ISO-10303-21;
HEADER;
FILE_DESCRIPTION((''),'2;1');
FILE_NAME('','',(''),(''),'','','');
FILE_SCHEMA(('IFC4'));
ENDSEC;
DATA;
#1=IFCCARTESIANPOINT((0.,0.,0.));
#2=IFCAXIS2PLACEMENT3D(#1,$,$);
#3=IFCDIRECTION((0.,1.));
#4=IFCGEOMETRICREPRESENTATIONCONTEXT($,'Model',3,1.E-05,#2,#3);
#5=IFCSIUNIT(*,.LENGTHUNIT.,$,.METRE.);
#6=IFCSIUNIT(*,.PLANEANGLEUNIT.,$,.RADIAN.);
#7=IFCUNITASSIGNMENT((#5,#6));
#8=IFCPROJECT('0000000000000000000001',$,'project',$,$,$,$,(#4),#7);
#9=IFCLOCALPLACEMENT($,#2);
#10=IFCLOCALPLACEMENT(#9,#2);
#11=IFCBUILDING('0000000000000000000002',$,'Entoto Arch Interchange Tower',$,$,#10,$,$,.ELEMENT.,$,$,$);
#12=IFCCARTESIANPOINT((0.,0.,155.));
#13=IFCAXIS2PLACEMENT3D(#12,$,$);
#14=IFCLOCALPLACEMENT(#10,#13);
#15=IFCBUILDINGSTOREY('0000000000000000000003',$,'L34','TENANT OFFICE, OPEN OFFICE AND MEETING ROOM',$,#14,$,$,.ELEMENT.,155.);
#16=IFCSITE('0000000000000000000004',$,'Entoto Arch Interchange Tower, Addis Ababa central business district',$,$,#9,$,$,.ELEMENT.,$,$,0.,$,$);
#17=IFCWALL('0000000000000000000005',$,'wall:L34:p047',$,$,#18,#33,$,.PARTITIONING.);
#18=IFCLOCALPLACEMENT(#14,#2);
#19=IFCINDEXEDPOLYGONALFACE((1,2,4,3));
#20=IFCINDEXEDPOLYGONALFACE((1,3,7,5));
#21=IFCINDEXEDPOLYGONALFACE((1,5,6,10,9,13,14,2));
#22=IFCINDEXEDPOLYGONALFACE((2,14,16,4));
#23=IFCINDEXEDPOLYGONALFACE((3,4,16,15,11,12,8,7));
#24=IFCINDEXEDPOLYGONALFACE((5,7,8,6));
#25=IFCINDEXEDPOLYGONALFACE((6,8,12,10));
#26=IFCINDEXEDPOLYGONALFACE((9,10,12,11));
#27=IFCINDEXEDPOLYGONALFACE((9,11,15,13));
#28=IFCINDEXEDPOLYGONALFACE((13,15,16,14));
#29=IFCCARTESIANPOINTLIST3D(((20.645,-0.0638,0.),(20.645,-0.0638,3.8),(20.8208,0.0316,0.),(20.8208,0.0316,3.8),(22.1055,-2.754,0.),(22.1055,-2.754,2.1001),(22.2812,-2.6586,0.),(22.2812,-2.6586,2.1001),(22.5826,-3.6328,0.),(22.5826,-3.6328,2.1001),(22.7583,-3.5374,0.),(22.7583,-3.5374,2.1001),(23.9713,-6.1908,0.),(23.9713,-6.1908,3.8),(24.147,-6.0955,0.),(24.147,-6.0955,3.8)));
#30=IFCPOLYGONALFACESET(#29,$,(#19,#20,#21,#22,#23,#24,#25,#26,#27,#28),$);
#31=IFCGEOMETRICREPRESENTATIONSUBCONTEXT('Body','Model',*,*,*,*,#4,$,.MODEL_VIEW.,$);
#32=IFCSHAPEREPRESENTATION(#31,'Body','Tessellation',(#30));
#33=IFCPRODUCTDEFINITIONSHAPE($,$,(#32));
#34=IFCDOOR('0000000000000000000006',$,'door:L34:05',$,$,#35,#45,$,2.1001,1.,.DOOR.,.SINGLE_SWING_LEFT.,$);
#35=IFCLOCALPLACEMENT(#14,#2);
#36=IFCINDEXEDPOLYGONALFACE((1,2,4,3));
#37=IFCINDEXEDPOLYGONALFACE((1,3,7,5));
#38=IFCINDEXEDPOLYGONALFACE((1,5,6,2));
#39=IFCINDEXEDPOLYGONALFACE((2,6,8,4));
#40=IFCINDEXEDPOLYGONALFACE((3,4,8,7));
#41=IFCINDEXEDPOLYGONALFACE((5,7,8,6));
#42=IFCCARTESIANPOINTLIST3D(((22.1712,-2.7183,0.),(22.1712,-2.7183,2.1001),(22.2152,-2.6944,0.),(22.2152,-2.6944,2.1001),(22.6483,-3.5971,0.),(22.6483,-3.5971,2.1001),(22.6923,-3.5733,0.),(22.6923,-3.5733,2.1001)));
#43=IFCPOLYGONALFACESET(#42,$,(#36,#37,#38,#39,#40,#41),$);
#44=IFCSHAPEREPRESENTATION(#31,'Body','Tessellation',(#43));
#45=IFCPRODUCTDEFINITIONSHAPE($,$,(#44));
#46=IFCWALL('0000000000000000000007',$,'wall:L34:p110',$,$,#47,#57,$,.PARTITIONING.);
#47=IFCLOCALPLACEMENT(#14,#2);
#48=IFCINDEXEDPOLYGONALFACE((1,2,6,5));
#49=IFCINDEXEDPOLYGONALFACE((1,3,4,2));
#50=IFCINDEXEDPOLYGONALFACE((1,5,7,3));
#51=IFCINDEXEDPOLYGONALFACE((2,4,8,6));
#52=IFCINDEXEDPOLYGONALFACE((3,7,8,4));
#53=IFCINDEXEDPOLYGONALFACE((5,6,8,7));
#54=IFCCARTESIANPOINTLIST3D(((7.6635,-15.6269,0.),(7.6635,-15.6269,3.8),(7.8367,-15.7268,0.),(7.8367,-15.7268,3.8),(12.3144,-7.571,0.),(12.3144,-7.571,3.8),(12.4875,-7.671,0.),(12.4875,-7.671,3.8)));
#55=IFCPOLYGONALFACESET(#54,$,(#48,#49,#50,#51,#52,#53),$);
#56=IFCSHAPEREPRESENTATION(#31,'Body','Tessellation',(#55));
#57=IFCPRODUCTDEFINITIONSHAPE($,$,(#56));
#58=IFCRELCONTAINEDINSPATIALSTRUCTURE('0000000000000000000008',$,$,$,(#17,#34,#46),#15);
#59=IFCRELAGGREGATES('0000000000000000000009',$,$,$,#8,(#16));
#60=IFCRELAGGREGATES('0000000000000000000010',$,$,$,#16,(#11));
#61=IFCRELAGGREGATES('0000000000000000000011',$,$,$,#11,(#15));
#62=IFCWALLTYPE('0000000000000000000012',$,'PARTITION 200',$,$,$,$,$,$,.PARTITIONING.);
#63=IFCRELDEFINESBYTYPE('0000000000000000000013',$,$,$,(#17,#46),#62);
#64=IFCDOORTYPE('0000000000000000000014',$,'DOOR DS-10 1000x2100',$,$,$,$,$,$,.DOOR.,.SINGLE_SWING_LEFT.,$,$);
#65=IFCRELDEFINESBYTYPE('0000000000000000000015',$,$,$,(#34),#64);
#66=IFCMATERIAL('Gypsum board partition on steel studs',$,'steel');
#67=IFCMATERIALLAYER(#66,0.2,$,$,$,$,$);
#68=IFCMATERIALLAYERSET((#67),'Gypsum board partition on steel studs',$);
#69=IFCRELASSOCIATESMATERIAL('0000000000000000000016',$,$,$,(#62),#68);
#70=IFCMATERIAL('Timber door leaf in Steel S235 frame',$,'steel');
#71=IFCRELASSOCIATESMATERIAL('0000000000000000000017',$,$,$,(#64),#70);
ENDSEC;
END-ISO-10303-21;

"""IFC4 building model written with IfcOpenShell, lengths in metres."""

from ifc_helpers import new_model, si_unit, direction, frame, frame_2d, origin, place, context, subcontext, project, spatial, rectangle, extrude, material, layer, layer_set, type_object, element, fill, save


model = new_model("IFC4")

# Units and contexts
model_context = context("Model", 3, precision=1e-05, world=origin(), true_north=direction((0.0, 1.0)))
body_context = subcontext(model_context, "Body", "Model", "MODEL_VIEW")
ifc_project = project(units=[si_unit("LENGTHUNIT", "METRE"), si_unit("PLANEANGLEUNIT", "RADIAN")], contexts=[model_context])

# Site, building, storey
site_placement = place(None, origin())
site = spatial("IfcSite", under=ifc_project, at=site_placement, Name="Entoto Arch Interchange Tower, Addis Ababa central business district", CompositionType="ELEMENT", RefElevation=0.0)
building_placement = place(site_placement, origin())
building = spatial("IfcBuilding", under=site, at=building_placement, Name="Entoto Arch Interchange Tower", CompositionType="ELEMENT")
storey_placement = place(building_placement, frame((0.0, 0.0, 155.0)))
storey = spatial("IfcBuildingStorey", under=building, at=storey_placement, Name="L34", Description="TENANT OFFICE, OPEN OFFICE AND MEETING ROOM", CompositionType="ELEMENT", Elevation=155.0)

# Shared definitions
ifc_material_1 = material(Name="Gypsum board partition on steel studs", Category="steel")
ifc_layer_1 = layer(ifc_material_1, 0.2)
ifc_layer_set_1 = layer_set([ifc_layer_1], Name="Gypsum board partition on steel studs")
wall_type_1 = type_object("IfcWallType", Name="PARTITION 200", PredefinedType="PARTITIONING", material=ifc_layer_set_1)

# Wall, opening, door
ifc_material_2 = material(Name="Timber door leaf in Steel S235 frame", Category="steel")
door_type_1 = type_object("IfcDoorType", Name="DOOR DS-10 1000x2100", OperationType="SINGLE_SWING_LEFT", PredefinedType="DOOR", material=ifc_material_2)
wall_1_placement = place(storey_placement, frame((20.7329, -0.0161, 0.0), z_axis=(0.0, 0.0, 1.0), x_axis=(0.477104, -0.878847, 0.0)))
wall_1 = element("IfcWall", 1, at=wall_1_placement, inside=storey, type_object=wall_type_1, Name="wall:L34:p047", PredefinedType="PARTITIONING", context=body_context, shape_type="SweptSolid", body=[
    extrude(rectangle(XDim=6.9717, YDim=0.2, at=frame_2d((3.4858, 0.0))), origin(), (0.0, 0.0, 1.0), 3.8),
])
opening_1_placement = place(wall_1_placement, frame((3.061, 0.0, 0.0)))
opening_1 = element("IfcOpeningElement", 2, at=opening_1_placement, cuts=wall_1, PredefinedType="OPENING", context=body_context, shape_type="SweptSolid", body=[
    extrude(rectangle(XDim=1.0, YDim=2.1001, at=frame_2d((0.5, 1.05))), frame((0.0, 0.1099, 0.0), z_axis=(0.0, -1.0, 0.0), x_axis=(1.0, 0.0, 0.0)), (0.0, 0.0, 1.0), 0.22),
])
door_1_placement = place(opening_1_placement, origin())
door_1 = element("IfcDoor", 3, at=door_1_placement, inside=storey, type_object=door_type_1, Name="door:L34:05", OperationType="SINGLE_SWING_LEFT", OverallHeight=2.1001, OverallWidth=1.0, PredefinedType="DOOR", context=body_context, shape_type="SweptSolid", body=[
    extrude(rectangle(XDim=1.0, YDim=2.1001, at=frame_2d((0.5, 1.05))), frame((0.0, 0.0249, 0.0), z_axis=(0.0, -1.0, 0.0), x_axis=(1.0, 0.0, 0.0)), (0.0, 0.0, 1.0), 0.05),
])
fill(opening_1, door_1)

# Wall
wall_2_placement = place(storey_placement, frame((12.4009, -7.6211, 0.0), z_axis=(0.0, 0.0, 1.0), x_axis=(-0.499984, -0.866035, 0.0)))
element("IfcWall", 4, at=wall_2_placement, inside=storey, type_object=wall_type_1, Name="wall:L34:p110", PredefinedType="PARTITIONING", context=body_context, shape_type="SweptSolid", body=[
    extrude(rectangle(XDim=9.302, YDim=0.2, at=frame_2d((4.6509, 0.0))), origin(), (0.0, 0.0, 1.0), 3.8),
])

save(model, "model.ifc")
